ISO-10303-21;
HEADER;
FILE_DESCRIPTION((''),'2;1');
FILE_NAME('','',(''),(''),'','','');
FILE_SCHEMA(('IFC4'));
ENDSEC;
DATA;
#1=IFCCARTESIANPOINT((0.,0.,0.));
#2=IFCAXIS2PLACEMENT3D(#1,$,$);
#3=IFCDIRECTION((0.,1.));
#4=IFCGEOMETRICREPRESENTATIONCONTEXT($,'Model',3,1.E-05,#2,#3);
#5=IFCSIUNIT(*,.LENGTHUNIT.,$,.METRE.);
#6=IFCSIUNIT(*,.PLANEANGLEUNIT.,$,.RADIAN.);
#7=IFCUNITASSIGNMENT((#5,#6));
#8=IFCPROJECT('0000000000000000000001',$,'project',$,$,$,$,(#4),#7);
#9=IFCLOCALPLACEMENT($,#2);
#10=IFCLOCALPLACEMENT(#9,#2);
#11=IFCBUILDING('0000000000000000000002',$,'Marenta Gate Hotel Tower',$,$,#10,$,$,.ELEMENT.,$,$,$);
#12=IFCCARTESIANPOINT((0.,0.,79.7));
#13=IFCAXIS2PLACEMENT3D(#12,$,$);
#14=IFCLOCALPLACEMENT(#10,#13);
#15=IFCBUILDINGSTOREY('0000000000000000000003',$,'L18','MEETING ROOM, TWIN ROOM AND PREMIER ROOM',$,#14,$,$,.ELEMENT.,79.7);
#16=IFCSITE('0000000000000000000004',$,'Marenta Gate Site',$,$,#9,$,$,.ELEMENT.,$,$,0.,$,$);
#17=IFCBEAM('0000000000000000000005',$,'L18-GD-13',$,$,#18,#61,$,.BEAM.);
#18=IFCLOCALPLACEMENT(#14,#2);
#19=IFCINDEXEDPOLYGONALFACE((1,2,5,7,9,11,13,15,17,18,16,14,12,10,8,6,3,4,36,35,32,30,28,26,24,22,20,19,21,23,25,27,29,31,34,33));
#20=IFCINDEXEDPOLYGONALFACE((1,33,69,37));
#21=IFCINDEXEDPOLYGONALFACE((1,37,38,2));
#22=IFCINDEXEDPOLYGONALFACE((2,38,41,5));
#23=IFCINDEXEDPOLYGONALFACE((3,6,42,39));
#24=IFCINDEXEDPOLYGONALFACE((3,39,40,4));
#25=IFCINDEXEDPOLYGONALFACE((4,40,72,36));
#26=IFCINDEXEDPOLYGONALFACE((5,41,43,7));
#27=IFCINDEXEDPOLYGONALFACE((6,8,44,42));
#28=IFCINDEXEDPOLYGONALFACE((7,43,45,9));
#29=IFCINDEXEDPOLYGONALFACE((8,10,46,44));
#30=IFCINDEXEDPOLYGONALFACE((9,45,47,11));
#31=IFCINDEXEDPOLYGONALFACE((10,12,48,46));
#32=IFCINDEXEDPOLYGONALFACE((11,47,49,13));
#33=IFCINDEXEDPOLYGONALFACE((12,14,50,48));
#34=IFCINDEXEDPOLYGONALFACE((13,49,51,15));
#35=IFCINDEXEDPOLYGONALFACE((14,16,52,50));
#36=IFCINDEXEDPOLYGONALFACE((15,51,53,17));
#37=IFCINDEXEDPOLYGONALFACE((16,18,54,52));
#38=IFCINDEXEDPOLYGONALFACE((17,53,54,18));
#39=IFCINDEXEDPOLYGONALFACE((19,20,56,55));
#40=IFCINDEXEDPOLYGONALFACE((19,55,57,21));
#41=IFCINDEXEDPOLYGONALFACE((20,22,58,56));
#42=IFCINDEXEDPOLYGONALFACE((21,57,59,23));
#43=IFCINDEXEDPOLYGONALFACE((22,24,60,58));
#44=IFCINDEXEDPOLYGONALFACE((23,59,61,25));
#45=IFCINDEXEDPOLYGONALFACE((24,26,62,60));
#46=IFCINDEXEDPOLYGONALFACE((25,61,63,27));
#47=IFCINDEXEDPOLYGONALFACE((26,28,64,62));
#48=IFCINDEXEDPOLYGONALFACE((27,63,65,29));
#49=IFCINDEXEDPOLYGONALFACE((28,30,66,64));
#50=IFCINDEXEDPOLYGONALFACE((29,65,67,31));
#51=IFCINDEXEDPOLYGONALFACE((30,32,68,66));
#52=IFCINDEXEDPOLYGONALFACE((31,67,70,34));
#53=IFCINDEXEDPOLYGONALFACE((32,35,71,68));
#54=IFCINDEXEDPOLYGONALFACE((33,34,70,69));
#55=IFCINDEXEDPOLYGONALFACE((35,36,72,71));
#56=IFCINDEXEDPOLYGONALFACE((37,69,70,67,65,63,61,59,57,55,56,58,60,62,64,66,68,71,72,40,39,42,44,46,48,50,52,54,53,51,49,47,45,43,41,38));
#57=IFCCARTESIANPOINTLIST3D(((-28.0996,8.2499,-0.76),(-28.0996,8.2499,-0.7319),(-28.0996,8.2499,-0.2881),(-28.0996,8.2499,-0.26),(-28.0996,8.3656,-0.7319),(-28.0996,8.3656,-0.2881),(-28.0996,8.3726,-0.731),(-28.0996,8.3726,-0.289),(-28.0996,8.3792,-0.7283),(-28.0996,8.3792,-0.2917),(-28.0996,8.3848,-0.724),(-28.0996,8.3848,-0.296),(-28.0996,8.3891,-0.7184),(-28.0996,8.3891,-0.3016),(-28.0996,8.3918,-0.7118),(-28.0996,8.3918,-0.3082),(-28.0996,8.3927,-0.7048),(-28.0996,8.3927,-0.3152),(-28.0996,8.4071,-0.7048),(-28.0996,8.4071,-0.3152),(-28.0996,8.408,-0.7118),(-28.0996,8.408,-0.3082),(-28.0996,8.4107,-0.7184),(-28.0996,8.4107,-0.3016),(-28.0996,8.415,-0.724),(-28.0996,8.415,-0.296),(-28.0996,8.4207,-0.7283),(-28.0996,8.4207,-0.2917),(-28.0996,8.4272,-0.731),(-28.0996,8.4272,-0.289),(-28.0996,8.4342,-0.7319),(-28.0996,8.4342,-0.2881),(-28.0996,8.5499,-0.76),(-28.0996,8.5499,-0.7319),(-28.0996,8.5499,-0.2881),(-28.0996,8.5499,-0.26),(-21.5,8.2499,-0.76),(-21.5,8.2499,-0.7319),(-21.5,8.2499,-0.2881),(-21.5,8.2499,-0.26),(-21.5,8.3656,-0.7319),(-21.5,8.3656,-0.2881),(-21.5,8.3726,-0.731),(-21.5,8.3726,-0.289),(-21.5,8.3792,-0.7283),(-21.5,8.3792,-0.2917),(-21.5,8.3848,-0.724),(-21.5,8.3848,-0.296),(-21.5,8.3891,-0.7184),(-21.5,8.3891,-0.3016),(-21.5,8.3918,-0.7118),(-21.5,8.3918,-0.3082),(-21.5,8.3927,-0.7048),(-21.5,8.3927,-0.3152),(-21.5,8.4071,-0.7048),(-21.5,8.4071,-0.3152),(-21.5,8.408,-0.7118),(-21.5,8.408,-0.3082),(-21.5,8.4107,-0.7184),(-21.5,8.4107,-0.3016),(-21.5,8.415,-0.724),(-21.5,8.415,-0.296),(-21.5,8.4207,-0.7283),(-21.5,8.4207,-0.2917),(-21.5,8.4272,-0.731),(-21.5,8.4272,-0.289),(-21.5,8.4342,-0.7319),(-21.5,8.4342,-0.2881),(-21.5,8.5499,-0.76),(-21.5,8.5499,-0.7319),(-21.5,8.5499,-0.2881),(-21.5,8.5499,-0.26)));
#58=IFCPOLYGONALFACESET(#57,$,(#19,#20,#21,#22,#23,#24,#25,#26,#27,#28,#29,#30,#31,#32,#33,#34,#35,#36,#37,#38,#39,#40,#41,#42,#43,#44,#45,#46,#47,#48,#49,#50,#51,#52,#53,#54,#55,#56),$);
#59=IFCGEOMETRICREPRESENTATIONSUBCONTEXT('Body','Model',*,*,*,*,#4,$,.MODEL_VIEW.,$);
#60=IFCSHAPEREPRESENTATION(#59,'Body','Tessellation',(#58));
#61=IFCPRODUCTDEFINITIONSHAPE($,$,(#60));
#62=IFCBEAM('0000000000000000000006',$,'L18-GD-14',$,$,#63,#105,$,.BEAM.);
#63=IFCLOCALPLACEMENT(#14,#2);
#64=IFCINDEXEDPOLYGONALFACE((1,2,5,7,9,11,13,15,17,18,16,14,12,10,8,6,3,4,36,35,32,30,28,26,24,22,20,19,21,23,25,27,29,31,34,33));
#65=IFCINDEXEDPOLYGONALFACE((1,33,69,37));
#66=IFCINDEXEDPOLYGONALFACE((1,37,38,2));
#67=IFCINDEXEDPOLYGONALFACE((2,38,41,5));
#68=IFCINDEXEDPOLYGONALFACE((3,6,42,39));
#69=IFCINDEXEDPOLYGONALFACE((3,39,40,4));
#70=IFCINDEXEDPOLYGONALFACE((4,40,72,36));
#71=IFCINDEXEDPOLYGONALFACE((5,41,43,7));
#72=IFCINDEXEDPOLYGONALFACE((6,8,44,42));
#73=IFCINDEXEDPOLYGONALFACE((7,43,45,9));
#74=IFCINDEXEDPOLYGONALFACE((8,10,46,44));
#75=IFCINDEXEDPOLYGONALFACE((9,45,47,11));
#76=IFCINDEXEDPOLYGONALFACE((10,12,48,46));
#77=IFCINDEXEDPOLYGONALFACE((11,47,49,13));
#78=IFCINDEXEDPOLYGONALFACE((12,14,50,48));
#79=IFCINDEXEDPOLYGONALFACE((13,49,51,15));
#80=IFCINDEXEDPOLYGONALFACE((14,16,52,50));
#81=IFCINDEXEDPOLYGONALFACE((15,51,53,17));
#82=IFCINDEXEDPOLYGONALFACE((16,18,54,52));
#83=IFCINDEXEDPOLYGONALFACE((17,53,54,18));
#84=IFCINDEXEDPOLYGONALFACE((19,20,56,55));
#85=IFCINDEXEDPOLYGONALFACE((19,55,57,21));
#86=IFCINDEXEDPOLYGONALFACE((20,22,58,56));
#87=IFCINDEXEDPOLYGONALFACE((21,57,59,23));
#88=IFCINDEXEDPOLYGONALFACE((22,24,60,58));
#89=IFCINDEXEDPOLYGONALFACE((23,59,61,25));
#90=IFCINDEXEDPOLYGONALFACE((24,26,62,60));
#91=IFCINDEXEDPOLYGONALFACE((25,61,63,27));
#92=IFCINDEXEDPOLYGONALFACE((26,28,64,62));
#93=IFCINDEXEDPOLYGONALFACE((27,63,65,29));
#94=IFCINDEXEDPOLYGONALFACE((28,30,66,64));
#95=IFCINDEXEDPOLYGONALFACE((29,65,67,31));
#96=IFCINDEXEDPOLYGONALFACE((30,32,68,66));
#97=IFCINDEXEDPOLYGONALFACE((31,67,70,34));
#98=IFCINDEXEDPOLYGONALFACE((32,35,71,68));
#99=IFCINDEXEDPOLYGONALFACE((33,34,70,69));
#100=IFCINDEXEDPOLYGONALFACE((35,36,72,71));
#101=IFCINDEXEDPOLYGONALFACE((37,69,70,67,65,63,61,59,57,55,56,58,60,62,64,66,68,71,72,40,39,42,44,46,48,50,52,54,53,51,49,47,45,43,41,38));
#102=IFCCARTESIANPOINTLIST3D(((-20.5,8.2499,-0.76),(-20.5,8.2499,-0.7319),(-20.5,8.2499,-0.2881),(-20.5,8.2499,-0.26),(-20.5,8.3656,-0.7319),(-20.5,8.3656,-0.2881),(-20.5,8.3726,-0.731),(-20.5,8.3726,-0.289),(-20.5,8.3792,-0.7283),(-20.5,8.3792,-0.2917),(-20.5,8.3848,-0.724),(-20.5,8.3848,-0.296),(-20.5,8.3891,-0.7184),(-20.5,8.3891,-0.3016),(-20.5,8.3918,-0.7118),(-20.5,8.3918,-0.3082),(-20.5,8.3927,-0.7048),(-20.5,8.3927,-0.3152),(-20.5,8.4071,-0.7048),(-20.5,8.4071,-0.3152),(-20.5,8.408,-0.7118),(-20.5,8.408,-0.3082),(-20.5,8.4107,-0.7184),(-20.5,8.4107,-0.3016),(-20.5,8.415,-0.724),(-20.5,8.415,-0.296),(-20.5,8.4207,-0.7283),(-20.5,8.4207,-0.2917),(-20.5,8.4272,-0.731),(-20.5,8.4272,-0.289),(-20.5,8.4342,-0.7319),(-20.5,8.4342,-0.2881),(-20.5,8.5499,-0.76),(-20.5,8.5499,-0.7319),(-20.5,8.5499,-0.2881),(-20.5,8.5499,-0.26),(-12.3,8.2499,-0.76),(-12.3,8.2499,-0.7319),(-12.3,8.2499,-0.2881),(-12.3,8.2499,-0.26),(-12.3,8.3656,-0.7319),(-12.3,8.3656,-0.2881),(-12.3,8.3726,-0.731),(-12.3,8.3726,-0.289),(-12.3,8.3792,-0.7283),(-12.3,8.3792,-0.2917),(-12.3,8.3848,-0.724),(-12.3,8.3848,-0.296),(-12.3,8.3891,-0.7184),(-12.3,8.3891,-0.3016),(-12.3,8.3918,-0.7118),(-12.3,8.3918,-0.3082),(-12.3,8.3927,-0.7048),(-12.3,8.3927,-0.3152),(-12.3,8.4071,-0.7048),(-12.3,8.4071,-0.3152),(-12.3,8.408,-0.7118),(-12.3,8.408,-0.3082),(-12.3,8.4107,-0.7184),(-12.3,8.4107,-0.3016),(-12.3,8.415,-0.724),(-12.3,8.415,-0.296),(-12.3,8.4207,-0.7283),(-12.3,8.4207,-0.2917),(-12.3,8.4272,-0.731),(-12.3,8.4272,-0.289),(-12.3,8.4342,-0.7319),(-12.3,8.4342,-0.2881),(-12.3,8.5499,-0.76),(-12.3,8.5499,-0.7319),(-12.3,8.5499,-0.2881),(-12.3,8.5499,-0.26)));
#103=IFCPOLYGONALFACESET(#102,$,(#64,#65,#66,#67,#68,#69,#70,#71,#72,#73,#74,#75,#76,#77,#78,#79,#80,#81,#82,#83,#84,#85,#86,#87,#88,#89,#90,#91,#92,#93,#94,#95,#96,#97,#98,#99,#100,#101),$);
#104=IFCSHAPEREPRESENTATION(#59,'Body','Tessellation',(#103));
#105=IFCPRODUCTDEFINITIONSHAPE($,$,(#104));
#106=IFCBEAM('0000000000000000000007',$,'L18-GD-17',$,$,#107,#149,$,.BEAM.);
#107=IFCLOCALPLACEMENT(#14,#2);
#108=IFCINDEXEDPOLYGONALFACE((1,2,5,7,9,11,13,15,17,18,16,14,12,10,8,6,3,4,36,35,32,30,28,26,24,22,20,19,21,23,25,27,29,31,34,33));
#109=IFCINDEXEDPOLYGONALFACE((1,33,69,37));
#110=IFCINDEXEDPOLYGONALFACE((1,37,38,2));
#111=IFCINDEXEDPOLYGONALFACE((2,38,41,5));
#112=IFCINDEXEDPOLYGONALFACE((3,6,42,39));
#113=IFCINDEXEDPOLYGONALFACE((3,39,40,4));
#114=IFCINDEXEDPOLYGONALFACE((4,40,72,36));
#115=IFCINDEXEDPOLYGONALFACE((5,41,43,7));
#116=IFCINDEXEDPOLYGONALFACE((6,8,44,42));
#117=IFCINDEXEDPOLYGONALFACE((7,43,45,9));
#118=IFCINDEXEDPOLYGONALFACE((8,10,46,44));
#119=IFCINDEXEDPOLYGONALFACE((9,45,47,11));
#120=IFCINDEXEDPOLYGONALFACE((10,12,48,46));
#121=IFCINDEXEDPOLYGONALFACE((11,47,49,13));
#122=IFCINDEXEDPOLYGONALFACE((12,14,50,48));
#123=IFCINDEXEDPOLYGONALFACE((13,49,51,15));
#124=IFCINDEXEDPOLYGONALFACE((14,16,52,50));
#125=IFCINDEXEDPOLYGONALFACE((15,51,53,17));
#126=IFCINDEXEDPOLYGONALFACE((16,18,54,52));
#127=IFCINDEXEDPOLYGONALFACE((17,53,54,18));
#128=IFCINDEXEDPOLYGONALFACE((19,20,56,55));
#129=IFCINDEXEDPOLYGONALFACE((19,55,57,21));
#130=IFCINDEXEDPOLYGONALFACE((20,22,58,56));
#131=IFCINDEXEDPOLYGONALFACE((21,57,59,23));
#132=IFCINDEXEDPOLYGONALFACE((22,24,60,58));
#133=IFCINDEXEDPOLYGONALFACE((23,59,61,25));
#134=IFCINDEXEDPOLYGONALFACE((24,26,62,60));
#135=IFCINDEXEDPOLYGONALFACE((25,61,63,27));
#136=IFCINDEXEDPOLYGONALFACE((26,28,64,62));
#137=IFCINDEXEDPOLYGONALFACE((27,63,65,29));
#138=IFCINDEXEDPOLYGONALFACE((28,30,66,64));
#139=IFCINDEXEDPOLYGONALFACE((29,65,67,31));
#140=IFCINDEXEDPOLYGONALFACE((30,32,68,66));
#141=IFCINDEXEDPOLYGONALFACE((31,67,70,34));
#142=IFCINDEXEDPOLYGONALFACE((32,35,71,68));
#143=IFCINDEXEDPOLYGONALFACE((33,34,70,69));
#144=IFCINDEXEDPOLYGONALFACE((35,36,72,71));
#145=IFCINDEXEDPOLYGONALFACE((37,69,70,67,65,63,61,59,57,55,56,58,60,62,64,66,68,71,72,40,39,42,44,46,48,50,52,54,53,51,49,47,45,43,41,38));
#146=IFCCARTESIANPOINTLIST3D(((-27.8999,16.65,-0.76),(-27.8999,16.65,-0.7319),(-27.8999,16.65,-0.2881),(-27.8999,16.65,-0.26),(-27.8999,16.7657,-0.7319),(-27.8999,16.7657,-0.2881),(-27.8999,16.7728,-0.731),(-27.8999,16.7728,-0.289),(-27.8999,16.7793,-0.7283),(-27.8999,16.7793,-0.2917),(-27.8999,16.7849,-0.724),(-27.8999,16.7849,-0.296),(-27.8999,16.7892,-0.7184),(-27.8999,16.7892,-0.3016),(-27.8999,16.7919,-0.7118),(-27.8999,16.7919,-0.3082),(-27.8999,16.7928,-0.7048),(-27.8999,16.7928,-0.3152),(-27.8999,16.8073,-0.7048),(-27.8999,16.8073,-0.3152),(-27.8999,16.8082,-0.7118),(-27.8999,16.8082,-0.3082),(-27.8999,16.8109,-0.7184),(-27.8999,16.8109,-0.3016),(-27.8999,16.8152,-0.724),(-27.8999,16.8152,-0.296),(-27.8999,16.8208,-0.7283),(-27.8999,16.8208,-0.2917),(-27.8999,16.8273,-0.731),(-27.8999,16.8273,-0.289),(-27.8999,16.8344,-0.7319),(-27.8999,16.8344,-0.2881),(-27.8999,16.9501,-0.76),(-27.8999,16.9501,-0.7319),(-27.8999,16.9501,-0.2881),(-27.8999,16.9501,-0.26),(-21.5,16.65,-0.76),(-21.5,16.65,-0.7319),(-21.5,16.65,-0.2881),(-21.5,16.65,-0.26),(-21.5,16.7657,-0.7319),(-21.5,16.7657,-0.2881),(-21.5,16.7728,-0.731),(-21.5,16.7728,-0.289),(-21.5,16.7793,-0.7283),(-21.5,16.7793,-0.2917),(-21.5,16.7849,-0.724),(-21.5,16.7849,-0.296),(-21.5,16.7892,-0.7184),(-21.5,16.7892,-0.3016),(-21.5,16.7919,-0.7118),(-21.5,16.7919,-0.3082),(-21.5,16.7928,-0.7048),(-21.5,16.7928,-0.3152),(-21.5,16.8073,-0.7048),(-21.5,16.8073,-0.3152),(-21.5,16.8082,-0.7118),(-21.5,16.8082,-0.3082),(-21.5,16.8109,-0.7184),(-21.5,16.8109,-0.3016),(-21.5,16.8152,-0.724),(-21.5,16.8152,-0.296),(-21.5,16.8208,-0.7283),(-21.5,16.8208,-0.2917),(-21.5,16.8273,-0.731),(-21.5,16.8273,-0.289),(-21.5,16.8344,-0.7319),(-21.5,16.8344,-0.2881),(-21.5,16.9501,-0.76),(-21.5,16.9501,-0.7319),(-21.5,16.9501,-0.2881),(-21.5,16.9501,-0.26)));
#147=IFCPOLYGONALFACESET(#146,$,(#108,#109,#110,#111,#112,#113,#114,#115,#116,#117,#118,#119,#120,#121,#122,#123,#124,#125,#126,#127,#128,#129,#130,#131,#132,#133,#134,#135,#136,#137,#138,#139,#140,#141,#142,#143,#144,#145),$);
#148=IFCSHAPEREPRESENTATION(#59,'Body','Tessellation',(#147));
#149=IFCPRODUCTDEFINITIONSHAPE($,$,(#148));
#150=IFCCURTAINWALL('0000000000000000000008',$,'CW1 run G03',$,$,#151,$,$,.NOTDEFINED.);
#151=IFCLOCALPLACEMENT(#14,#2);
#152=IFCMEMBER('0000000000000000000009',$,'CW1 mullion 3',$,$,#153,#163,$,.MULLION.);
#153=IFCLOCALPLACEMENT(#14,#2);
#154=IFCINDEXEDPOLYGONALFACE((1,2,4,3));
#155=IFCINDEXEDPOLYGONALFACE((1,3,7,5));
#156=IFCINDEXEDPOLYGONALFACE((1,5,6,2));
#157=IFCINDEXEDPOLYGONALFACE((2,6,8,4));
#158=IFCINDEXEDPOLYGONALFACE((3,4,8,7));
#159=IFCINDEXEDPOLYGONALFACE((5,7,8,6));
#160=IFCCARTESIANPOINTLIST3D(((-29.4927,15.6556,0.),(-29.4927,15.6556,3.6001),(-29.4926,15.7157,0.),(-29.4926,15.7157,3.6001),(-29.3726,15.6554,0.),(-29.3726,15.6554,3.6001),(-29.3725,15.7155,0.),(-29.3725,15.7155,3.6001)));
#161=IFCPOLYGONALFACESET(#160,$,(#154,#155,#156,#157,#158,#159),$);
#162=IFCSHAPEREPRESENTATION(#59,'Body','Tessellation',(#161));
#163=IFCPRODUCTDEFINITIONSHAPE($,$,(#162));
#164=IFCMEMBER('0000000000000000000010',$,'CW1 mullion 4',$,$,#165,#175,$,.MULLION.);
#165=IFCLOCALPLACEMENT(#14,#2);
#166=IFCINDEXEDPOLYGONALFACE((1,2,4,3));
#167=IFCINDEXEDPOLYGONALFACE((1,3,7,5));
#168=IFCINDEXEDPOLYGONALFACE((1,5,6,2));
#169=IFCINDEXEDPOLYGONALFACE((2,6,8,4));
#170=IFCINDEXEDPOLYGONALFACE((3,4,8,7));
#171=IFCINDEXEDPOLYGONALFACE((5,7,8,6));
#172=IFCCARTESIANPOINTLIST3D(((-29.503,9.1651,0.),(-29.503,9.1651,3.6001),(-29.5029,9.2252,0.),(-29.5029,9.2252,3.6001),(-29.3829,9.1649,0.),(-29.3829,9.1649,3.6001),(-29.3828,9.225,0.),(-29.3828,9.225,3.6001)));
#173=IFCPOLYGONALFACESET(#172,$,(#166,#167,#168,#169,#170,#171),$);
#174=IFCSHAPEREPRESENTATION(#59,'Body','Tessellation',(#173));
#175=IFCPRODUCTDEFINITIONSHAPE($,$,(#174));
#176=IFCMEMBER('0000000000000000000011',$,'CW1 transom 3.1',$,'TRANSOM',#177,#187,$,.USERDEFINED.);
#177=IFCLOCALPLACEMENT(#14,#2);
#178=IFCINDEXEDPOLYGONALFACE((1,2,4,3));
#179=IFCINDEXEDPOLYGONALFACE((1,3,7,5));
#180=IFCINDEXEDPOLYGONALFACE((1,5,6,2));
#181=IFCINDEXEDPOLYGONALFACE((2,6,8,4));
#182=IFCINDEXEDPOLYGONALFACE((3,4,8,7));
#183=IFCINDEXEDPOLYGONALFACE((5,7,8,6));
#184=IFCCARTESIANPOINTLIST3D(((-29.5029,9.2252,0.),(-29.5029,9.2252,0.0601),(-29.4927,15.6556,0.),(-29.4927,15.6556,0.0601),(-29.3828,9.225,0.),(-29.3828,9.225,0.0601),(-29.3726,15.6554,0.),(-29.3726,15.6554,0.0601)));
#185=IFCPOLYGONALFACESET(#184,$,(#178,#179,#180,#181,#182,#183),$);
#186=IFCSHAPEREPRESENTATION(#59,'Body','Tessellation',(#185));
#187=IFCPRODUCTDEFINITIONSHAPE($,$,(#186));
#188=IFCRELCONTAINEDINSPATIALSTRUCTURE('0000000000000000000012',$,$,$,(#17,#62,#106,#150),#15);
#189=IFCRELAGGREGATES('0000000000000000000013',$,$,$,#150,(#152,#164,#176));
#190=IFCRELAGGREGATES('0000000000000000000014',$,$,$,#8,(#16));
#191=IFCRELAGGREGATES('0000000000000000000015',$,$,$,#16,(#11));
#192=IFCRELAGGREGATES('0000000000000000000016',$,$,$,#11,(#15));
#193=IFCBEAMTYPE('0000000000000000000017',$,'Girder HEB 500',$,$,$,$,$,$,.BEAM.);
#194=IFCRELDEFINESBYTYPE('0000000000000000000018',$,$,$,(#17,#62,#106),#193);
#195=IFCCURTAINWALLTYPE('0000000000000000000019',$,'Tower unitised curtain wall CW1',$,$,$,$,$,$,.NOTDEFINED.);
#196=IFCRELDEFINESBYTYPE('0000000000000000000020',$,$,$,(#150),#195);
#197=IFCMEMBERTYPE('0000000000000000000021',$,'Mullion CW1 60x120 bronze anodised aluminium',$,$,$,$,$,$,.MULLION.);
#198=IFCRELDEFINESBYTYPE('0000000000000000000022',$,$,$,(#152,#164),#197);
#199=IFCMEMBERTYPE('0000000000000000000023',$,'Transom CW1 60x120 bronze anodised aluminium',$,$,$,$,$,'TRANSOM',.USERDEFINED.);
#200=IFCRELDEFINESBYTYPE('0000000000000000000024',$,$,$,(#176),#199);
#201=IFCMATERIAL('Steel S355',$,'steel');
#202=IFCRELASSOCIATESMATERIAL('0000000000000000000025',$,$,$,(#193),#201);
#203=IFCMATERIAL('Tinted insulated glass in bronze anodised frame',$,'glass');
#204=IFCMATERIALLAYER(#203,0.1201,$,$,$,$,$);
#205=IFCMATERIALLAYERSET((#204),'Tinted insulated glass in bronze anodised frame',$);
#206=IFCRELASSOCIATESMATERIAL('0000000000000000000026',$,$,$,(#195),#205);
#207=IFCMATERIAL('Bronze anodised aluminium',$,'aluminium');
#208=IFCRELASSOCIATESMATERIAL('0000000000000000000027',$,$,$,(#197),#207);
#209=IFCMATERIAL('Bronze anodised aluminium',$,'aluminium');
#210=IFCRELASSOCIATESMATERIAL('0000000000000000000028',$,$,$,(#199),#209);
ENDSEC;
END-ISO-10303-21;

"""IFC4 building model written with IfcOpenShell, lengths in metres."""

from ifc_helpers import new_model, si_unit, direction, frame, origin, origin_2d, place, context, subcontext, project, spatial, rectangle, i_section, extrude, material, layer, layer_set, material_profile, profile_set, type_object, element, aggregate, save


model = new_model("IFC4")

# Units and contexts
model_context = context("Model", 3, precision=1e-05, world=origin(), true_north=direction((0.0, 1.0)))
body_context = subcontext(model_context, "Body", "Model", "MODEL_VIEW")
ifc_project = project(units=[si_unit("LENGTHUNIT", "METRE"), si_unit("PLANEANGLEUNIT", "RADIAN")], contexts=[model_context])

# Site, building, storey
site_placement = place(None, origin())
site = spatial("IfcSite", under=ifc_project, at=site_placement, Name="Marenta Gate Site", CompositionType="ELEMENT", RefElevation=0.0)
building_placement = place(site_placement, origin())
building = spatial("IfcBuilding", under=site, at=building_placement, Name="Marenta Gate Hotel Tower", CompositionType="ELEMENT")
storey_placement = place(building_placement, frame((0.0, 0.0, 79.7)))
storey = spatial("IfcBuildingStorey", under=building, at=storey_placement, Name="L18", Description="MEETING ROOM, TWIN ROOM AND PREMIER ROOM", CompositionType="ELEMENT", Elevation=79.7)

# Beams
ifc_material_1 = material(Name="Steel S355", Category="steel")
ifc_material_profile_1 = material_profile(ifc_material_1, i_section(OverallWidth=0.3, OverallDepth=0.5, WebThickness=0.0144, FlangeThickness=0.0281, FilletRadius=0.0271, at=origin_2d()), Name="HEB 500")
ifc_profile_set_1 = profile_set([ifc_material_profile_1], Name="Steel S355")
beam_type_1 = type_object("IfcBeamType", Name="Girder HEB 500", PredefinedType="BEAM", material=ifc_profile_set_1)
beam_1_placement = place(storey_placement, frame((-28.0996, 8.3999, -0.51), z_axis=(1.0, 0.0, 0.0), x_axis=(0.0, 1.0, 0.0)))
element("IfcBeam", 1, at=beam_1_placement, inside=storey, type_object=beam_type_1, Name="L18-GD-13", PredefinedType="BEAM", context=body_context, shape_type="SweptSolid", body=[
    extrude(i_section(OverallWidth=0.3, OverallDepth=0.5, WebThickness=0.0144, FlangeThickness=0.0281, FilletRadius=0.0271, at=origin_2d()), origin(), (0.0, 0.0, 1.0), 6.5996),
])
beam_2_placement = place(storey_placement, frame((-20.5, 8.3999, -0.51), z_axis=(1.0, 0.0, 0.0), x_axis=(0.0, 1.0, 0.0)))
element("IfcBeam", 2, at=beam_2_placement, inside=storey, type_object=beam_type_1, Name="L18-GD-14", PredefinedType="BEAM", context=body_context, shape_type="SweptSolid", body=[
    extrude(i_section(OverallWidth=0.3, OverallDepth=0.5, WebThickness=0.0144, FlangeThickness=0.0281, FilletRadius=0.0271, at=origin_2d()), origin(), (0.0, 0.0, 1.0), 8.2),
])
beam_3_placement = place(storey_placement, frame((-27.8999, 16.8, -0.51), z_axis=(1.0, 0.0, 0.0), x_axis=(0.0, 1.0, 0.0)))
element("IfcBeam", 3, at=beam_3_placement, inside=storey, type_object=beam_type_1, Name="L18-GD-17", PredefinedType="BEAM", context=body_context, shape_type="SweptSolid", body=[
    extrude(i_section(OverallWidth=0.3, OverallDepth=0.5, WebThickness=0.0144, FlangeThickness=0.0281, FilletRadius=0.0271, at=origin_2d()), origin(), (0.0, 0.0, 1.0), 6.3999),
])

# Curtain wall, members
ifc_material_2 = material(Name="Tinted insulated glass in bronze anodised frame", Category="glass")
ifc_layer_1 = layer(ifc_material_2, 0.1201)
ifc_layer_set_1 = layer_set([ifc_layer_1], Name="Tinted insulated glass in bronze anodised frame")
curtain_wall_type = type_object("IfcCurtainWallType", Name="Tower unitised curtain wall CW1", PredefinedType="NOTDEFINED", material=ifc_layer_set_1)
curtain_wall_placement = place(storey_placement, origin())
curtain_wall = element("IfcCurtainWall", 4, at=curtain_wall_placement, inside=storey, type_object=curtain_wall_type, Name="CW1 run G03", PredefinedType="NOTDEFINED")
ifc_material_3 = material(Name="Bronze anodised aluminium", Category="aluminium")
ifc_material_profile_2 = material_profile(ifc_material_3, rectangle(XDim=0.1201, YDim=0.0601, at=origin_2d()), Name="Mullion CW1 60x120 bronze anodised aluminium")
ifc_profile_set_2 = profile_set([ifc_material_profile_2], Name="Bronze anodised aluminium")
member_type_1 = type_object("IfcMemberType", Name="Mullion CW1 60x120 bronze anodised aluminium", PredefinedType="MULLION", material=ifc_profile_set_2)
member_1_placement = place(storey_placement, frame((-29.4326, 15.6855, 0.0), z_axis=(0.0, 0.0, 1.0), x_axis=(0.999999, -0.001566, 0.0)))
member_1 = element("IfcMember", 5, at=member_1_placement, type_object=member_type_1, Name="CW1 mullion 3", PredefinedType="MULLION", context=body_context, shape_type="SweptSolid", body=[
    extrude(rectangle(XDim=0.1201, YDim=0.0601, at=origin_2d()), origin(), (0.0, 0.0, 1.0), 3.6001),
])
member_2_placement = place(storey_placement, frame((-29.4429, 9.1951, 0.0), z_axis=(0.0, 0.0, 1.0), x_axis=(0.999999, -0.001566, 0.0)))
member_2 = element("IfcMember", 6, at=member_2_placement, type_object=member_type_1, Name="CW1 mullion 4", PredefinedType="MULLION", context=body_context, shape_type="SweptSolid", body=[
    extrude(rectangle(XDim=0.1201, YDim=0.0601, at=origin_2d()), origin(), (0.0, 0.0, 1.0), 3.6001),
])
ifc_material_4 = material(Name="Bronze anodised aluminium", Category="aluminium")
ifc_material_profile_3 = material_profile(ifc_material_4, rectangle(XDim=0.1201, YDim=0.0601, at=origin_2d()), Name="Transom CW1 60x120 bronze anodised aluminium")
ifc_profile_set_3 = profile_set([ifc_material_profile_3], Name="Bronze anodised aluminium")
member_type_2 = type_object("IfcMemberType", Name="Transom CW1 60x120 bronze anodised aluminium", ElementType="TRANSOM", PredefinedType="USERDEFINED", material=ifc_profile_set_3)
member_3_placement = place(storey_placement, frame((-29.4326, 15.6555, 0.03), z_axis=(-0.001595, -0.999999, 0.0), x_axis=(0.999999, -0.001595, 0.0)))
member_3 = element("IfcMember", 7, at=member_3_placement, type_object=member_type_2, Name="CW1 transom 3.1", ObjectType="TRANSOM", PredefinedType="USERDEFINED", context=body_context, shape_type="SweptSolid", body=[
    extrude(rectangle(XDim=0.1201, YDim=0.0601, at=origin_2d()), origin(), (0.0, 0.0, 1.0), 6.4304),
])
aggregate(curtain_wall, [member_1, member_2, member_3])

save(model, "model.ifc")
